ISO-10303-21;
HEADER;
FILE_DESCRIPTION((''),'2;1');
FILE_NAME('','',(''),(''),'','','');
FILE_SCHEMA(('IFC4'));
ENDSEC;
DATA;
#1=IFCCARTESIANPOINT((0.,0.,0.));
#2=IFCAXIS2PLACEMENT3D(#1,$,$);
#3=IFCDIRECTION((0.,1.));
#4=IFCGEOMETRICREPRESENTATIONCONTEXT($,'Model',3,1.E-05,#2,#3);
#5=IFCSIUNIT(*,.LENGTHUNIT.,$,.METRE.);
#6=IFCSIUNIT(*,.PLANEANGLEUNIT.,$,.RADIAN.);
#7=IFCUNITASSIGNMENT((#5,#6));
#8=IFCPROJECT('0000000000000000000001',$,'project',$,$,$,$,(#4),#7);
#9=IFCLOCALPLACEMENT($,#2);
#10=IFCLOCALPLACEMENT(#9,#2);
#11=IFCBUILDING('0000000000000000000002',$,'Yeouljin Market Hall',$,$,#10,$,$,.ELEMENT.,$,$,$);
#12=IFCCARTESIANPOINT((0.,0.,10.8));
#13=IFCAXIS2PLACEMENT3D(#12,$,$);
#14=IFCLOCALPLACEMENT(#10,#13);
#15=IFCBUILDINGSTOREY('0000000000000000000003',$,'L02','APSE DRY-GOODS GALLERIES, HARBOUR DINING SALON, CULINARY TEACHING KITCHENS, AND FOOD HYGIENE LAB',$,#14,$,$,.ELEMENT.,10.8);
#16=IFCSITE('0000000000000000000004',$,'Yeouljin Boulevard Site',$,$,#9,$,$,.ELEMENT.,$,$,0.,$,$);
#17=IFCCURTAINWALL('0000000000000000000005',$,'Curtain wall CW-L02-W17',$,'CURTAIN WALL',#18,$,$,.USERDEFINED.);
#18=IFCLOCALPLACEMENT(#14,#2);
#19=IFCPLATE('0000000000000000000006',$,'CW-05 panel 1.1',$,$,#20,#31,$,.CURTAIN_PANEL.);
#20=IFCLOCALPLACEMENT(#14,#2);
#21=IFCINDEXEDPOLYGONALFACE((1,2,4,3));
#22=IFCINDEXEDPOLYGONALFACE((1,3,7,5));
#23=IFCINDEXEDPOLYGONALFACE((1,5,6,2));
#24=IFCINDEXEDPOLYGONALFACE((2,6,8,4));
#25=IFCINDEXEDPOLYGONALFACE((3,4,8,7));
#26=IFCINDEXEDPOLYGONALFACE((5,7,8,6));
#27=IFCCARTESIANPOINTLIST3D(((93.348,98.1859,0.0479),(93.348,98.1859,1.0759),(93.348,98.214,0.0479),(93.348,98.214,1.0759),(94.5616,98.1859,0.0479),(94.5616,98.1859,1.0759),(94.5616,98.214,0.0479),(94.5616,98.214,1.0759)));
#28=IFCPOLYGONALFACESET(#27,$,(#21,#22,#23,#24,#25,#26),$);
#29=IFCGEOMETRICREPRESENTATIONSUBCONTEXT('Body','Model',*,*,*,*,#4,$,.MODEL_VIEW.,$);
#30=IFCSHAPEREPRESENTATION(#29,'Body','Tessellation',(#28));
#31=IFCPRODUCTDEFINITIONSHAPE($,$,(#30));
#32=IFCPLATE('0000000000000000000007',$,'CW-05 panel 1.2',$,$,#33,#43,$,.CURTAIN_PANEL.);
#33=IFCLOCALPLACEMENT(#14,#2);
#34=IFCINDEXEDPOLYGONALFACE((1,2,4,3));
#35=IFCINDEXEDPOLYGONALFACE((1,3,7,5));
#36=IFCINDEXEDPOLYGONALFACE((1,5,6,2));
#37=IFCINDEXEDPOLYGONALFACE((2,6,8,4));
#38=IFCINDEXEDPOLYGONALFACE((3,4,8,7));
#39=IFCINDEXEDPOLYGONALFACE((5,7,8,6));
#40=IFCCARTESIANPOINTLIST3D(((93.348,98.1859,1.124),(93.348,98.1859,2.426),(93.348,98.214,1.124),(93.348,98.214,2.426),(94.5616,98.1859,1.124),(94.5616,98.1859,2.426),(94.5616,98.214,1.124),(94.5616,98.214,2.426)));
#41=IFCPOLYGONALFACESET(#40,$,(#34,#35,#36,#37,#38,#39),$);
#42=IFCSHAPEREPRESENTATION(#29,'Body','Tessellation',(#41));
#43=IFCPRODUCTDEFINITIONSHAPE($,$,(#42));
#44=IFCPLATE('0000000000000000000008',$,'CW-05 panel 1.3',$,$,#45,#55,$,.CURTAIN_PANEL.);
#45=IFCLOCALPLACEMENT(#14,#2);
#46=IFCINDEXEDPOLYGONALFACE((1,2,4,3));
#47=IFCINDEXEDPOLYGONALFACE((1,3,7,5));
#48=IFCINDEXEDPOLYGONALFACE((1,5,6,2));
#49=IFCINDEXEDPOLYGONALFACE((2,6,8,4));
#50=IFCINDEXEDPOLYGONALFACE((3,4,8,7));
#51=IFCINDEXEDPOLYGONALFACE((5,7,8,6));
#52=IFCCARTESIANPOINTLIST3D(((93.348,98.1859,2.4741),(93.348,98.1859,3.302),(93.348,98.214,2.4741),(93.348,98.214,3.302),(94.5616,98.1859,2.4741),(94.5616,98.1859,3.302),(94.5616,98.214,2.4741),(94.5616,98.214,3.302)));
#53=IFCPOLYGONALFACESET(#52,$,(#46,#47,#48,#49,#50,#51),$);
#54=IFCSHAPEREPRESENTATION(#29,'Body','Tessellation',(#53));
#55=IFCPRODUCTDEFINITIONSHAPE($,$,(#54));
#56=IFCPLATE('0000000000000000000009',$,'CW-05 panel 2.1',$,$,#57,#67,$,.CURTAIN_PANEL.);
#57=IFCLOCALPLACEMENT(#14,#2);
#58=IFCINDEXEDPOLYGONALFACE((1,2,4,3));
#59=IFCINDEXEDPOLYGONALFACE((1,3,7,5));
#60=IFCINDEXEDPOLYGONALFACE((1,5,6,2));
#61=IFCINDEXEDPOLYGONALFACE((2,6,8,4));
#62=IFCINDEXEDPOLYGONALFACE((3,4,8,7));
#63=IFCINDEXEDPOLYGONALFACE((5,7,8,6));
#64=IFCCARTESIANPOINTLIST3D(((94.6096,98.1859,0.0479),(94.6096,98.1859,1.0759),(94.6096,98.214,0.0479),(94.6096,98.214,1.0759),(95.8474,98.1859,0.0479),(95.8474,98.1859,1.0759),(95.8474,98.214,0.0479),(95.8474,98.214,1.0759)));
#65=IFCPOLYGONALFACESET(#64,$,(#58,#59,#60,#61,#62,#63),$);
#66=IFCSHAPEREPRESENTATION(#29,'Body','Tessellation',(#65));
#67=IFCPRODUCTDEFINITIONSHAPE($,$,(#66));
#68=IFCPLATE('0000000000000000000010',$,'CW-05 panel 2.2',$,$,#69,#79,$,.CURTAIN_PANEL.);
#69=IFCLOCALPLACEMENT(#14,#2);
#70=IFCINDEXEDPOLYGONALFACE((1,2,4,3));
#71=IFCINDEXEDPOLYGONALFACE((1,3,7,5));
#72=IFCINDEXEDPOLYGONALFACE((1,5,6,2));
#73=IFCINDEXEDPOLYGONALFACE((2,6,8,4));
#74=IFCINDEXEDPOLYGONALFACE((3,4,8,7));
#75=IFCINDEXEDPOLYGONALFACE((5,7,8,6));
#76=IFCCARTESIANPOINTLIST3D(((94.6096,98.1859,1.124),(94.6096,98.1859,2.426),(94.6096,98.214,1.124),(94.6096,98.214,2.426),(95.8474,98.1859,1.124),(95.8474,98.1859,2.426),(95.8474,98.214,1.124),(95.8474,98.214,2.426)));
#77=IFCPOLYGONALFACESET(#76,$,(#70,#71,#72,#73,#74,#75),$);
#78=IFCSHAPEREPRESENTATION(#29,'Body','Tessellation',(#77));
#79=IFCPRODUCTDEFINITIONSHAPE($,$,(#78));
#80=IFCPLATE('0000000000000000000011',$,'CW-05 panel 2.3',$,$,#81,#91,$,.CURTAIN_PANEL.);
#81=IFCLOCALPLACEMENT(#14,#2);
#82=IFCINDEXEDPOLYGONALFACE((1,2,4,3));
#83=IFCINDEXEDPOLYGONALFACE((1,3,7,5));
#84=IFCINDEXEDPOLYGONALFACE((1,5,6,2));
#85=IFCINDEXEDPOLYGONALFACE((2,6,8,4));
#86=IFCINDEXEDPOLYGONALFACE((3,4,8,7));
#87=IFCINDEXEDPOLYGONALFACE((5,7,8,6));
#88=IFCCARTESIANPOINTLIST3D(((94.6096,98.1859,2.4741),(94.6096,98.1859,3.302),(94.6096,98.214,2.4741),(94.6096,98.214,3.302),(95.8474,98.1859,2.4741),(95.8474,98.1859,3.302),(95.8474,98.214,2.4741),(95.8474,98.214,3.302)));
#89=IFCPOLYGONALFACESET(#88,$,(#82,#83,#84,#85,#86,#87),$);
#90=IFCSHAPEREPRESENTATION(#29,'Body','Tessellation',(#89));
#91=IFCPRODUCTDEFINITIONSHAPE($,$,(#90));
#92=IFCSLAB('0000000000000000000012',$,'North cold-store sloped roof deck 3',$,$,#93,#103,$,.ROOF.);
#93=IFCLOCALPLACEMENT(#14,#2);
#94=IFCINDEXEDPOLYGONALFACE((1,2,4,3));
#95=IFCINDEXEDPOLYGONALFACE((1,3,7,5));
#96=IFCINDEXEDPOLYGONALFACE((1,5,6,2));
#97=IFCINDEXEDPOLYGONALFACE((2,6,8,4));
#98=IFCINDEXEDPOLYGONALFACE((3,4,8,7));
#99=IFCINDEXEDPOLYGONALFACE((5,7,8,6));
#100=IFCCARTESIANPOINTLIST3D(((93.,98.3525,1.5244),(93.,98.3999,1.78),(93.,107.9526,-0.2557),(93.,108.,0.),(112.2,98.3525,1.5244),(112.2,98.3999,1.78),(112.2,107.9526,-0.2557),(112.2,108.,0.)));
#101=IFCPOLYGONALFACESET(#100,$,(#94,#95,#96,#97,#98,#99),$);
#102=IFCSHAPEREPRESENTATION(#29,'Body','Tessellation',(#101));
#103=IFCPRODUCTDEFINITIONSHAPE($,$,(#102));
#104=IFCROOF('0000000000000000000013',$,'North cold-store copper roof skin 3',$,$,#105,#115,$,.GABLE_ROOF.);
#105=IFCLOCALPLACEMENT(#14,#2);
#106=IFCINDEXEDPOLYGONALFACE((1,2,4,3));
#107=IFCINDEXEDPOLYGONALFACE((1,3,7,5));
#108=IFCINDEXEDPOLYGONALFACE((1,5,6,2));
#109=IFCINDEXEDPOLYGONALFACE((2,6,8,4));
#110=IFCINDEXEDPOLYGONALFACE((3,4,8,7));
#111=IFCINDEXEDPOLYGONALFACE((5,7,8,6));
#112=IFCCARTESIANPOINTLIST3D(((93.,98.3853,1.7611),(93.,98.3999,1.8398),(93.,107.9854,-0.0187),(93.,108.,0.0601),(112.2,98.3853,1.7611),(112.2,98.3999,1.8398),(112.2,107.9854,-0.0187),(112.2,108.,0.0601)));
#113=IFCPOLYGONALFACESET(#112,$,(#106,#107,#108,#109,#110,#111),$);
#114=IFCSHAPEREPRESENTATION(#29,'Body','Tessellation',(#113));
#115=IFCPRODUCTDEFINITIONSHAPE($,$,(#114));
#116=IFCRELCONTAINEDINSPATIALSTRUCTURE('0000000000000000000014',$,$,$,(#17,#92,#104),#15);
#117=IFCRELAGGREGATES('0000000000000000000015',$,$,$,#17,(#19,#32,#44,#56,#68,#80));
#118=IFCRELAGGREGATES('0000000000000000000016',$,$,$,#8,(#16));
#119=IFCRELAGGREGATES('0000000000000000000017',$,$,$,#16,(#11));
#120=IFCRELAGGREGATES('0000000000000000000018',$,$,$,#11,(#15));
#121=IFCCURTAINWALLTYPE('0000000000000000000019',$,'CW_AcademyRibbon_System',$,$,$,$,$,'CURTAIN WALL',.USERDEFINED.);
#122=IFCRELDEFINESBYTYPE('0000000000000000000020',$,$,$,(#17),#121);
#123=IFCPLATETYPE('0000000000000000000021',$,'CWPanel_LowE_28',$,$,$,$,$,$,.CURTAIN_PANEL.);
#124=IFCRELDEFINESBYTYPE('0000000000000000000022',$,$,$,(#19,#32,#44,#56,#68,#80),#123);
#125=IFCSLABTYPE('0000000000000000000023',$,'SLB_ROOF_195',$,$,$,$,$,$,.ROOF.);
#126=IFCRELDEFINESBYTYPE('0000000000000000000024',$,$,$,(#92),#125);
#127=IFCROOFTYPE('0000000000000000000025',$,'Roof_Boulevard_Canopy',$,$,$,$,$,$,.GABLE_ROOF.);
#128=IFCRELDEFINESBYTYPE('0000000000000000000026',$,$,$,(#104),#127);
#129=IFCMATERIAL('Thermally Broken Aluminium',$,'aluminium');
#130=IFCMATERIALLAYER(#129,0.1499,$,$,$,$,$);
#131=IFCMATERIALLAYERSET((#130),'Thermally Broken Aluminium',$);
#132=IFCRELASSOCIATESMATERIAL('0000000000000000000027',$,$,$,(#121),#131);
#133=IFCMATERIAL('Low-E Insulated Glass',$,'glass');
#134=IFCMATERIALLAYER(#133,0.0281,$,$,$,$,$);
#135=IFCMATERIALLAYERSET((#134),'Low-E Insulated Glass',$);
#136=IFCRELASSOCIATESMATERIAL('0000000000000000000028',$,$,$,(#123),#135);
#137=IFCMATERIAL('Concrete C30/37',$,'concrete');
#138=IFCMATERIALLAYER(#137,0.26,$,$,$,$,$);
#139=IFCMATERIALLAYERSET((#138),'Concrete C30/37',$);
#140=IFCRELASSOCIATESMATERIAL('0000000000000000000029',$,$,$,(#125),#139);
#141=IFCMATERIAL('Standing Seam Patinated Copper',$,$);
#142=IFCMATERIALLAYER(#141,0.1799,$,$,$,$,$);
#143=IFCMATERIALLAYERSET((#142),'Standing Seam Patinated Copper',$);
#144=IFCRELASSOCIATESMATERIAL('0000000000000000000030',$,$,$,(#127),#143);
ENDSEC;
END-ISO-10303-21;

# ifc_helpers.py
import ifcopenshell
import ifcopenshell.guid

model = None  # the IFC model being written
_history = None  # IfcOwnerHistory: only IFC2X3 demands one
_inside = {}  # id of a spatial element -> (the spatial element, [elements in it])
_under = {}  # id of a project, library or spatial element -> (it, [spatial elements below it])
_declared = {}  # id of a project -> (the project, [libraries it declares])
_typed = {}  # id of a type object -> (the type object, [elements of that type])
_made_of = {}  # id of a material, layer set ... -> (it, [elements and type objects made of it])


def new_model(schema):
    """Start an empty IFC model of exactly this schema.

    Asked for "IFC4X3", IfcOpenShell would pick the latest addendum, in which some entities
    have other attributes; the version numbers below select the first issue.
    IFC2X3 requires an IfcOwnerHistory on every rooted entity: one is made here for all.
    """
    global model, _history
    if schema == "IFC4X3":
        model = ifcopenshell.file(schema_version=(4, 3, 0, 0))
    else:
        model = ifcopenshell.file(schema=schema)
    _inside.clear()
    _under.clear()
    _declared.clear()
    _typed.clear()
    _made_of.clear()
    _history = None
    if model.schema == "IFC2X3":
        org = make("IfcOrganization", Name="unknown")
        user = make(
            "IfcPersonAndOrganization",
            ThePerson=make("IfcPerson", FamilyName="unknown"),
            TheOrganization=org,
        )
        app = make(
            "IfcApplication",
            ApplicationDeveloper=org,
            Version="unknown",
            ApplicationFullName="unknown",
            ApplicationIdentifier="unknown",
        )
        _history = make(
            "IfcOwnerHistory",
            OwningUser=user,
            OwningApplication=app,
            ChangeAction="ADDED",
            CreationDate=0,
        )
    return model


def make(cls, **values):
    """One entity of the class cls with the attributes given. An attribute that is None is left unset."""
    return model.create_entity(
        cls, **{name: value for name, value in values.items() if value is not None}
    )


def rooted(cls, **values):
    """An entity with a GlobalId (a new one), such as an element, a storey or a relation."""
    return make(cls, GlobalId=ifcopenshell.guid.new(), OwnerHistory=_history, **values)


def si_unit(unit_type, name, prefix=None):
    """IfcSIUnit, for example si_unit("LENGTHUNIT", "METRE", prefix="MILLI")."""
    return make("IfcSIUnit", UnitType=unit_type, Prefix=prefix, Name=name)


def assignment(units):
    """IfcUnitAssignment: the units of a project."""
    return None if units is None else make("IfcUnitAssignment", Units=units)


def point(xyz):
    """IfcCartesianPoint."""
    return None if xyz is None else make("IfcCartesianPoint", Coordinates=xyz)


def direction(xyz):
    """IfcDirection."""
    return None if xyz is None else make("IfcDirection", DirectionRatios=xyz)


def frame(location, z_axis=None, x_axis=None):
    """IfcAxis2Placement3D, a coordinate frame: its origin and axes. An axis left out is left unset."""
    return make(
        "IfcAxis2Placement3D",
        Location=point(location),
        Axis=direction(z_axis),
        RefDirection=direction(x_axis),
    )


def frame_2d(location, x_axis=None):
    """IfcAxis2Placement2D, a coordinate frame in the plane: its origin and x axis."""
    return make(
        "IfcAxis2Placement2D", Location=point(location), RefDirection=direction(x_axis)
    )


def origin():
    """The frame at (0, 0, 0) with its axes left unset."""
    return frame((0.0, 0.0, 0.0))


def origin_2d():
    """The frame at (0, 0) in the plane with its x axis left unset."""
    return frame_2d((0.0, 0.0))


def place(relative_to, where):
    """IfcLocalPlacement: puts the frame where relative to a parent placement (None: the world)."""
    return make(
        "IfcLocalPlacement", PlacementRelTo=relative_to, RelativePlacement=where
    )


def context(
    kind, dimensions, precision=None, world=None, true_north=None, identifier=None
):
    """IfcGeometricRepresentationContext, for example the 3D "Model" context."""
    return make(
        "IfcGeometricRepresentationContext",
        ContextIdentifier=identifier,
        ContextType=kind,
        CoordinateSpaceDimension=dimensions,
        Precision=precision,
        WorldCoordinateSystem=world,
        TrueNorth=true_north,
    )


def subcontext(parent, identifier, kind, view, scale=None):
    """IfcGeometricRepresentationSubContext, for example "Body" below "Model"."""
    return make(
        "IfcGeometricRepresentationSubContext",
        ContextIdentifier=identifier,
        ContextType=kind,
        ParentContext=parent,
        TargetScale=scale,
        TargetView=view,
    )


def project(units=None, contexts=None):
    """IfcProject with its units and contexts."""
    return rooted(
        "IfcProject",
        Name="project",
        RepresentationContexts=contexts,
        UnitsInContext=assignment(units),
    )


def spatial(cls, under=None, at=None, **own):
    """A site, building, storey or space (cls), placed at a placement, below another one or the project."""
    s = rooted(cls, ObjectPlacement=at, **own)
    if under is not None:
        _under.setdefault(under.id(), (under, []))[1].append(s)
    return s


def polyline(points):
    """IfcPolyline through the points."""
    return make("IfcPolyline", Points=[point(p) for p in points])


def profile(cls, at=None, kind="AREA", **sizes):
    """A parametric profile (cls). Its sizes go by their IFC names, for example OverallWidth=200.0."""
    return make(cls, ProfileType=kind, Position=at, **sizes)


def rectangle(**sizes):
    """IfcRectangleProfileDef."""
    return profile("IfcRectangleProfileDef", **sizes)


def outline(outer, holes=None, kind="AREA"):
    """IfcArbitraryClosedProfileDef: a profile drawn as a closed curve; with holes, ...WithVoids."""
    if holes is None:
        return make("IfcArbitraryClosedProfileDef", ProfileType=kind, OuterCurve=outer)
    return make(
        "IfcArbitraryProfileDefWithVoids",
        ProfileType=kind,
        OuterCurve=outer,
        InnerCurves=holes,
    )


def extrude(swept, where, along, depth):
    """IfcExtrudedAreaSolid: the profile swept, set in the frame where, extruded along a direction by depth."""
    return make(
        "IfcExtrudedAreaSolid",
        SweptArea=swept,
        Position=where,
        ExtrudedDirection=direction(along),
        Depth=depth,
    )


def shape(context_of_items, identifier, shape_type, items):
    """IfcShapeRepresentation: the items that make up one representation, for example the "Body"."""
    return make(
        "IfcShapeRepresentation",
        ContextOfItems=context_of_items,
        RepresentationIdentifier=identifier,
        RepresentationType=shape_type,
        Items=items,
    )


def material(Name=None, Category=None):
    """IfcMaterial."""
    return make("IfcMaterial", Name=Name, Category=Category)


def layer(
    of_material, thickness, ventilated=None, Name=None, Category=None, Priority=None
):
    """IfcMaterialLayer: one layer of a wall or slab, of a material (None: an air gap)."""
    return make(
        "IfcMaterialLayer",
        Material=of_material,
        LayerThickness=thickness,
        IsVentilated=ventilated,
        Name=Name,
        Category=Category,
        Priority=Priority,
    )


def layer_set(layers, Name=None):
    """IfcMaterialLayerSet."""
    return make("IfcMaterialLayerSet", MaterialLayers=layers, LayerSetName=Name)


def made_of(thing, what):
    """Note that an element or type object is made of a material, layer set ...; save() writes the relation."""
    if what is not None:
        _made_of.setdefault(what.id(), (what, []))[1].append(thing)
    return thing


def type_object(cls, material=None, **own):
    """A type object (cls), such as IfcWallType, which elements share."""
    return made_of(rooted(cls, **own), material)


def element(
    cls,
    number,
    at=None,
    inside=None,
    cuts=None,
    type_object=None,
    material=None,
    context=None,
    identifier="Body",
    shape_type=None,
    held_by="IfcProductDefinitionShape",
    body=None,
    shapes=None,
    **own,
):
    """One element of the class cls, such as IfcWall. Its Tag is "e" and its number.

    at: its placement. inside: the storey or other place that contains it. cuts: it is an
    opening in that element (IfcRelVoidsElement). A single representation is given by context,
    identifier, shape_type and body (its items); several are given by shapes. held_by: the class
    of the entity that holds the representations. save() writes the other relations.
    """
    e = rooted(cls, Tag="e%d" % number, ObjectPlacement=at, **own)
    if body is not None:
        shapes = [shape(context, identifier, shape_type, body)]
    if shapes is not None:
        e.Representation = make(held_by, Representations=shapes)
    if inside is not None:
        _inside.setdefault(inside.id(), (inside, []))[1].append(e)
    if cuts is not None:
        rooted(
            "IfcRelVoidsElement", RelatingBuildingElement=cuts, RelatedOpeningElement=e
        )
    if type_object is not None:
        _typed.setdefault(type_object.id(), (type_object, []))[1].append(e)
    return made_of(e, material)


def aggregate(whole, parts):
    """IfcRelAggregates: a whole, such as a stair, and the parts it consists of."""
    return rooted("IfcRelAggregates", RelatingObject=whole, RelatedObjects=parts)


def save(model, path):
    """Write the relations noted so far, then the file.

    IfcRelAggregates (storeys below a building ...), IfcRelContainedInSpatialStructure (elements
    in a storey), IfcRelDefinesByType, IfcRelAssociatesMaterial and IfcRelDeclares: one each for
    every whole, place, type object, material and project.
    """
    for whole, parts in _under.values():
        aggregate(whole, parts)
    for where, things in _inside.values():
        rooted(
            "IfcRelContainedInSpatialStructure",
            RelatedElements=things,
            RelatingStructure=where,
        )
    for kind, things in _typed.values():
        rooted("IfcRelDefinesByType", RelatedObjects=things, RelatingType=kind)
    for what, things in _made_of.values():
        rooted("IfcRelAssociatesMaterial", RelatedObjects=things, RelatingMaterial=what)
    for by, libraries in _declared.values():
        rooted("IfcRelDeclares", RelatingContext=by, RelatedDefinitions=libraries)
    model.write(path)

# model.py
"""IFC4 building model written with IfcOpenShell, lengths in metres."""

from ifc_helpers import new_model, si_unit, direction, frame, origin, origin_2d, place, context, subcontext, project, spatial, polyline, rectangle, outline, extrude, material, layer, layer_set, type_object, element, aggregate, save


model = new_model("IFC4")

# Units and contexts
model_context = context("Model", 3, precision=1e-05, world=origin(), true_north=direction((0.0, 1.0)))
body_context = subcontext(model_context, "Body", "Model", "MODEL_VIEW")
ifc_project = project(units=[si_unit("LENGTHUNIT", "METRE"), si_unit("PLANEANGLEUNIT", "RADIAN")], contexts=[model_context])

# Site, building, storey
site_placement = place(None, origin())
site = spatial("IfcSite", under=ifc_project, at=site_placement, Name="Yeouljin Boulevard Site", CompositionType="ELEMENT", RefElevation=0.0)
building_placement = place(site_placement, origin())
building = spatial("IfcBuilding", under=site, at=building_placement, Name="Yeouljin Market Hall", CompositionType="ELEMENT")
storey_placement = place(building_placement, frame((0.0, 0.0, 10.8)))
storey = spatial("IfcBuildingStorey", under=building, at=storey_placement, Name="L02", Description="APSE DRY-GOODS GALLERIES, HARBOUR DINING SALON, CULINARY TEACHING KITCHENS, AND FOOD HYGIENE LAB", CompositionType="ELEMENT", Elevation=10.8)

# Curtain wall
ifc_material_1 = material(Name="Thermally Broken Aluminium", Category="aluminium")
ifc_layer_1 = layer(ifc_material_1, 0.1499)
ifc_layer_set_1 = layer_set([ifc_layer_1], Name="Thermally Broken Aluminium")
curtain_wall_type = type_object("IfcCurtainWallType", Name="CW_AcademyRibbon_System", ElementType="CURTAIN WALL", PredefinedType="USERDEFINED", material=ifc_layer_set_1)
curtain_wall_placement = place(storey_placement, origin())
curtain_wall = element("IfcCurtainWall", 1, at=curtain_wall_placement, inside=storey, type_object=curtain_wall_type, Name="Curtain wall CW-L02-W17", ObjectType="CURTAIN WALL", PredefinedType="USERDEFINED")

# Plates
ifc_material_2 = material(Name="Low-E Insulated Glass", Category="glass")
ifc_layer_2 = layer(ifc_material_2, 0.0281)
ifc_layer_set_2 = layer_set([ifc_layer_2], Name="Low-E Insulated Glass")
plate_type = type_object("IfcPlateType", Name="CWPanel_LowE_28", PredefinedType="CURTAIN_PANEL", material=ifc_layer_set_2)
plate_1_placement = place(storey_placement, frame((93.9548, 98.2, 0.0479), z_axis=(0.0, 0.0, 1.0), x_axis=(1.0, 0.0, 0.0)))
plate_1 = element("IfcPlate", 2, at=plate_1_placement, type_object=plate_type, Name="CW-05 panel 1.1", PredefinedType="CURTAIN_PANEL", context=body_context, shape_type="SweptSolid", body=[
    extrude(rectangle(XDim=1.2136, YDim=0.0281, at=origin_2d()), origin(), (0.0, 0.0, 1.0), 1.0281),
])
plate_2_placement = place(storey_placement, frame((93.9548, 98.2, 1.124), z_axis=(0.0, 0.0, 1.0), x_axis=(1.0, 0.0, 0.0)))
plate_2 = element("IfcPlate", 3, at=plate_2_placement, type_object=plate_type, Name="CW-05 panel 1.2", PredefinedType="CURTAIN_PANEL", context=body_context, shape_type="SweptSolid", body=[
    extrude(rectangle(XDim=1.2136, YDim=0.0281, at=origin_2d()), origin(), (0.0, 0.0, 1.0), 1.302),
])
plate_3_placement = place(storey_placement, frame((93.9548, 98.2, 2.4741), z_axis=(0.0, 0.0, 1.0), x_axis=(1.0, 0.0, 0.0)))
plate_3 = element("IfcPlate", 4, at=plate_3_placement, type_object=plate_type, Name="CW-05 panel 1.3", PredefinedType="CURTAIN_PANEL", context=body_context, shape_type="SweptSolid", body=[
    extrude(rectangle(XDim=1.2136, YDim=0.0281, at=origin_2d()), origin(), (0.0, 0.0, 1.0), 0.8279),
])
plate_4_placement = place(storey_placement, frame((95.2285, 98.2, 0.0479), z_axis=(0.0, 0.0, 1.0), x_axis=(1.0, 0.0, 0.0)))
plate_4 = element("IfcPlate", 5, at=plate_4_placement, type_object=plate_type, Name="CW-05 panel 2.1", PredefinedType="CURTAIN_PANEL", context=body_context, shape_type="SweptSolid", body=[
    extrude(rectangle(XDim=1.2378, YDim=0.0281, at=origin_2d()), origin(), (0.0, 0.0, 1.0), 1.0281),
])
plate_5_placement = place(storey_placement, frame((95.2285, 98.2, 1.124), z_axis=(0.0, 0.0, 1.0), x_axis=(1.0, 0.0, 0.0)))
plate_5 = element("IfcPlate", 6, at=plate_5_placement, type_object=plate_type, Name="CW-05 panel 2.2", PredefinedType="CURTAIN_PANEL", context=body_context, shape_type="SweptSolid", body=[
    extrude(rectangle(XDim=1.2378, YDim=0.0281, at=origin_2d()), origin(), (0.0, 0.0, 1.0), 1.302),
])
plate_6_placement = place(storey_placement, frame((95.2285, 98.2, 2.4741), z_axis=(0.0, 0.0, 1.0), x_axis=(1.0, 0.0, 0.0)))
plate_6 = element("IfcPlate", 7, at=plate_6_placement, type_object=plate_type, Name="CW-05 panel 2.3", PredefinedType="CURTAIN_PANEL", context=body_context, shape_type="SweptSolid", body=[
    extrude(rectangle(XDim=1.2378, YDim=0.0281, at=origin_2d()), origin(), (0.0, 0.0, 1.0), 0.8279),
])
aggregate(curtain_wall, [plate_1, plate_2, plate_3, plate_4, plate_5, plate_6])

# Slab
ifc_material_3 = material(Name="Concrete C30/37", Category="concrete")
ifc_layer_3 = layer(ifc_material_3, 0.26)
ifc_layer_set_3 = layer_set([ifc_layer_3], Name="Concrete C30/37")
slab_type = type_object("IfcSlabType", Name="SLB_ROOF_195", PredefinedType="ROOF", material=ifc_layer_set_3)
slab_placement = place(storey_placement, frame((93.0, 98.3999, 1.78), z_axis=(0.0, 0.18231, 0.983241), x_axis=(0.0, 0.983241, -0.18231)))
element("IfcSlab", 8, at=slab_placement, inside=storey, type_object=slab_type, Name="North cold-store sloped roof deck 3", PredefinedType="ROOF", context=body_context, shape_type="SweptSolid", body=[
    extrude(outline(polyline([(0.0, 0.0), (9.7637, 0.0), (9.7637, -19.2), (0.0, -19.2), (0.0, 0.0)])), origin(), (0.0, 0.0, -1.0), 0.26),
])

# Roof
ifc_material_4 = material(Name="Standing Seam Patinated Copper")
ifc_layer_4 = layer(ifc_material_4, 0.1799)
ifc_layer_set_4 = layer_set([ifc_layer_4], Name="Standing Seam Patinated Copper")
roof_type = type_object("IfcRoofType", Name="Roof_Boulevard_Canopy", PredefinedType="GABLE_ROOF", material=ifc_layer_set_4)
roof_placement = place(storey_placement, frame((93.0, 98.3999, 1.8398), z_axis=(0.0, 0.182286, 0.983246), x_axis=(0.0, 0.983246, -0.182286)))
element("IfcRoof", 9, at=roof_placement, inside=storey, type_object=roof_type, Name="North cold-store copper roof skin 3", PredefinedType="GABLE_ROOF", context=body_context, shape_type="SweptSolid", body=[
    extrude(outline(polyline([(0.0, 0.0), (9.7637, 0.0), (9.7637, -19.2), (0.0, -19.2), (0.0, 0.0)])), origin(), (0.0, 0.0, -1.0), 0.0801),
])

save(model, "model.ifc")
